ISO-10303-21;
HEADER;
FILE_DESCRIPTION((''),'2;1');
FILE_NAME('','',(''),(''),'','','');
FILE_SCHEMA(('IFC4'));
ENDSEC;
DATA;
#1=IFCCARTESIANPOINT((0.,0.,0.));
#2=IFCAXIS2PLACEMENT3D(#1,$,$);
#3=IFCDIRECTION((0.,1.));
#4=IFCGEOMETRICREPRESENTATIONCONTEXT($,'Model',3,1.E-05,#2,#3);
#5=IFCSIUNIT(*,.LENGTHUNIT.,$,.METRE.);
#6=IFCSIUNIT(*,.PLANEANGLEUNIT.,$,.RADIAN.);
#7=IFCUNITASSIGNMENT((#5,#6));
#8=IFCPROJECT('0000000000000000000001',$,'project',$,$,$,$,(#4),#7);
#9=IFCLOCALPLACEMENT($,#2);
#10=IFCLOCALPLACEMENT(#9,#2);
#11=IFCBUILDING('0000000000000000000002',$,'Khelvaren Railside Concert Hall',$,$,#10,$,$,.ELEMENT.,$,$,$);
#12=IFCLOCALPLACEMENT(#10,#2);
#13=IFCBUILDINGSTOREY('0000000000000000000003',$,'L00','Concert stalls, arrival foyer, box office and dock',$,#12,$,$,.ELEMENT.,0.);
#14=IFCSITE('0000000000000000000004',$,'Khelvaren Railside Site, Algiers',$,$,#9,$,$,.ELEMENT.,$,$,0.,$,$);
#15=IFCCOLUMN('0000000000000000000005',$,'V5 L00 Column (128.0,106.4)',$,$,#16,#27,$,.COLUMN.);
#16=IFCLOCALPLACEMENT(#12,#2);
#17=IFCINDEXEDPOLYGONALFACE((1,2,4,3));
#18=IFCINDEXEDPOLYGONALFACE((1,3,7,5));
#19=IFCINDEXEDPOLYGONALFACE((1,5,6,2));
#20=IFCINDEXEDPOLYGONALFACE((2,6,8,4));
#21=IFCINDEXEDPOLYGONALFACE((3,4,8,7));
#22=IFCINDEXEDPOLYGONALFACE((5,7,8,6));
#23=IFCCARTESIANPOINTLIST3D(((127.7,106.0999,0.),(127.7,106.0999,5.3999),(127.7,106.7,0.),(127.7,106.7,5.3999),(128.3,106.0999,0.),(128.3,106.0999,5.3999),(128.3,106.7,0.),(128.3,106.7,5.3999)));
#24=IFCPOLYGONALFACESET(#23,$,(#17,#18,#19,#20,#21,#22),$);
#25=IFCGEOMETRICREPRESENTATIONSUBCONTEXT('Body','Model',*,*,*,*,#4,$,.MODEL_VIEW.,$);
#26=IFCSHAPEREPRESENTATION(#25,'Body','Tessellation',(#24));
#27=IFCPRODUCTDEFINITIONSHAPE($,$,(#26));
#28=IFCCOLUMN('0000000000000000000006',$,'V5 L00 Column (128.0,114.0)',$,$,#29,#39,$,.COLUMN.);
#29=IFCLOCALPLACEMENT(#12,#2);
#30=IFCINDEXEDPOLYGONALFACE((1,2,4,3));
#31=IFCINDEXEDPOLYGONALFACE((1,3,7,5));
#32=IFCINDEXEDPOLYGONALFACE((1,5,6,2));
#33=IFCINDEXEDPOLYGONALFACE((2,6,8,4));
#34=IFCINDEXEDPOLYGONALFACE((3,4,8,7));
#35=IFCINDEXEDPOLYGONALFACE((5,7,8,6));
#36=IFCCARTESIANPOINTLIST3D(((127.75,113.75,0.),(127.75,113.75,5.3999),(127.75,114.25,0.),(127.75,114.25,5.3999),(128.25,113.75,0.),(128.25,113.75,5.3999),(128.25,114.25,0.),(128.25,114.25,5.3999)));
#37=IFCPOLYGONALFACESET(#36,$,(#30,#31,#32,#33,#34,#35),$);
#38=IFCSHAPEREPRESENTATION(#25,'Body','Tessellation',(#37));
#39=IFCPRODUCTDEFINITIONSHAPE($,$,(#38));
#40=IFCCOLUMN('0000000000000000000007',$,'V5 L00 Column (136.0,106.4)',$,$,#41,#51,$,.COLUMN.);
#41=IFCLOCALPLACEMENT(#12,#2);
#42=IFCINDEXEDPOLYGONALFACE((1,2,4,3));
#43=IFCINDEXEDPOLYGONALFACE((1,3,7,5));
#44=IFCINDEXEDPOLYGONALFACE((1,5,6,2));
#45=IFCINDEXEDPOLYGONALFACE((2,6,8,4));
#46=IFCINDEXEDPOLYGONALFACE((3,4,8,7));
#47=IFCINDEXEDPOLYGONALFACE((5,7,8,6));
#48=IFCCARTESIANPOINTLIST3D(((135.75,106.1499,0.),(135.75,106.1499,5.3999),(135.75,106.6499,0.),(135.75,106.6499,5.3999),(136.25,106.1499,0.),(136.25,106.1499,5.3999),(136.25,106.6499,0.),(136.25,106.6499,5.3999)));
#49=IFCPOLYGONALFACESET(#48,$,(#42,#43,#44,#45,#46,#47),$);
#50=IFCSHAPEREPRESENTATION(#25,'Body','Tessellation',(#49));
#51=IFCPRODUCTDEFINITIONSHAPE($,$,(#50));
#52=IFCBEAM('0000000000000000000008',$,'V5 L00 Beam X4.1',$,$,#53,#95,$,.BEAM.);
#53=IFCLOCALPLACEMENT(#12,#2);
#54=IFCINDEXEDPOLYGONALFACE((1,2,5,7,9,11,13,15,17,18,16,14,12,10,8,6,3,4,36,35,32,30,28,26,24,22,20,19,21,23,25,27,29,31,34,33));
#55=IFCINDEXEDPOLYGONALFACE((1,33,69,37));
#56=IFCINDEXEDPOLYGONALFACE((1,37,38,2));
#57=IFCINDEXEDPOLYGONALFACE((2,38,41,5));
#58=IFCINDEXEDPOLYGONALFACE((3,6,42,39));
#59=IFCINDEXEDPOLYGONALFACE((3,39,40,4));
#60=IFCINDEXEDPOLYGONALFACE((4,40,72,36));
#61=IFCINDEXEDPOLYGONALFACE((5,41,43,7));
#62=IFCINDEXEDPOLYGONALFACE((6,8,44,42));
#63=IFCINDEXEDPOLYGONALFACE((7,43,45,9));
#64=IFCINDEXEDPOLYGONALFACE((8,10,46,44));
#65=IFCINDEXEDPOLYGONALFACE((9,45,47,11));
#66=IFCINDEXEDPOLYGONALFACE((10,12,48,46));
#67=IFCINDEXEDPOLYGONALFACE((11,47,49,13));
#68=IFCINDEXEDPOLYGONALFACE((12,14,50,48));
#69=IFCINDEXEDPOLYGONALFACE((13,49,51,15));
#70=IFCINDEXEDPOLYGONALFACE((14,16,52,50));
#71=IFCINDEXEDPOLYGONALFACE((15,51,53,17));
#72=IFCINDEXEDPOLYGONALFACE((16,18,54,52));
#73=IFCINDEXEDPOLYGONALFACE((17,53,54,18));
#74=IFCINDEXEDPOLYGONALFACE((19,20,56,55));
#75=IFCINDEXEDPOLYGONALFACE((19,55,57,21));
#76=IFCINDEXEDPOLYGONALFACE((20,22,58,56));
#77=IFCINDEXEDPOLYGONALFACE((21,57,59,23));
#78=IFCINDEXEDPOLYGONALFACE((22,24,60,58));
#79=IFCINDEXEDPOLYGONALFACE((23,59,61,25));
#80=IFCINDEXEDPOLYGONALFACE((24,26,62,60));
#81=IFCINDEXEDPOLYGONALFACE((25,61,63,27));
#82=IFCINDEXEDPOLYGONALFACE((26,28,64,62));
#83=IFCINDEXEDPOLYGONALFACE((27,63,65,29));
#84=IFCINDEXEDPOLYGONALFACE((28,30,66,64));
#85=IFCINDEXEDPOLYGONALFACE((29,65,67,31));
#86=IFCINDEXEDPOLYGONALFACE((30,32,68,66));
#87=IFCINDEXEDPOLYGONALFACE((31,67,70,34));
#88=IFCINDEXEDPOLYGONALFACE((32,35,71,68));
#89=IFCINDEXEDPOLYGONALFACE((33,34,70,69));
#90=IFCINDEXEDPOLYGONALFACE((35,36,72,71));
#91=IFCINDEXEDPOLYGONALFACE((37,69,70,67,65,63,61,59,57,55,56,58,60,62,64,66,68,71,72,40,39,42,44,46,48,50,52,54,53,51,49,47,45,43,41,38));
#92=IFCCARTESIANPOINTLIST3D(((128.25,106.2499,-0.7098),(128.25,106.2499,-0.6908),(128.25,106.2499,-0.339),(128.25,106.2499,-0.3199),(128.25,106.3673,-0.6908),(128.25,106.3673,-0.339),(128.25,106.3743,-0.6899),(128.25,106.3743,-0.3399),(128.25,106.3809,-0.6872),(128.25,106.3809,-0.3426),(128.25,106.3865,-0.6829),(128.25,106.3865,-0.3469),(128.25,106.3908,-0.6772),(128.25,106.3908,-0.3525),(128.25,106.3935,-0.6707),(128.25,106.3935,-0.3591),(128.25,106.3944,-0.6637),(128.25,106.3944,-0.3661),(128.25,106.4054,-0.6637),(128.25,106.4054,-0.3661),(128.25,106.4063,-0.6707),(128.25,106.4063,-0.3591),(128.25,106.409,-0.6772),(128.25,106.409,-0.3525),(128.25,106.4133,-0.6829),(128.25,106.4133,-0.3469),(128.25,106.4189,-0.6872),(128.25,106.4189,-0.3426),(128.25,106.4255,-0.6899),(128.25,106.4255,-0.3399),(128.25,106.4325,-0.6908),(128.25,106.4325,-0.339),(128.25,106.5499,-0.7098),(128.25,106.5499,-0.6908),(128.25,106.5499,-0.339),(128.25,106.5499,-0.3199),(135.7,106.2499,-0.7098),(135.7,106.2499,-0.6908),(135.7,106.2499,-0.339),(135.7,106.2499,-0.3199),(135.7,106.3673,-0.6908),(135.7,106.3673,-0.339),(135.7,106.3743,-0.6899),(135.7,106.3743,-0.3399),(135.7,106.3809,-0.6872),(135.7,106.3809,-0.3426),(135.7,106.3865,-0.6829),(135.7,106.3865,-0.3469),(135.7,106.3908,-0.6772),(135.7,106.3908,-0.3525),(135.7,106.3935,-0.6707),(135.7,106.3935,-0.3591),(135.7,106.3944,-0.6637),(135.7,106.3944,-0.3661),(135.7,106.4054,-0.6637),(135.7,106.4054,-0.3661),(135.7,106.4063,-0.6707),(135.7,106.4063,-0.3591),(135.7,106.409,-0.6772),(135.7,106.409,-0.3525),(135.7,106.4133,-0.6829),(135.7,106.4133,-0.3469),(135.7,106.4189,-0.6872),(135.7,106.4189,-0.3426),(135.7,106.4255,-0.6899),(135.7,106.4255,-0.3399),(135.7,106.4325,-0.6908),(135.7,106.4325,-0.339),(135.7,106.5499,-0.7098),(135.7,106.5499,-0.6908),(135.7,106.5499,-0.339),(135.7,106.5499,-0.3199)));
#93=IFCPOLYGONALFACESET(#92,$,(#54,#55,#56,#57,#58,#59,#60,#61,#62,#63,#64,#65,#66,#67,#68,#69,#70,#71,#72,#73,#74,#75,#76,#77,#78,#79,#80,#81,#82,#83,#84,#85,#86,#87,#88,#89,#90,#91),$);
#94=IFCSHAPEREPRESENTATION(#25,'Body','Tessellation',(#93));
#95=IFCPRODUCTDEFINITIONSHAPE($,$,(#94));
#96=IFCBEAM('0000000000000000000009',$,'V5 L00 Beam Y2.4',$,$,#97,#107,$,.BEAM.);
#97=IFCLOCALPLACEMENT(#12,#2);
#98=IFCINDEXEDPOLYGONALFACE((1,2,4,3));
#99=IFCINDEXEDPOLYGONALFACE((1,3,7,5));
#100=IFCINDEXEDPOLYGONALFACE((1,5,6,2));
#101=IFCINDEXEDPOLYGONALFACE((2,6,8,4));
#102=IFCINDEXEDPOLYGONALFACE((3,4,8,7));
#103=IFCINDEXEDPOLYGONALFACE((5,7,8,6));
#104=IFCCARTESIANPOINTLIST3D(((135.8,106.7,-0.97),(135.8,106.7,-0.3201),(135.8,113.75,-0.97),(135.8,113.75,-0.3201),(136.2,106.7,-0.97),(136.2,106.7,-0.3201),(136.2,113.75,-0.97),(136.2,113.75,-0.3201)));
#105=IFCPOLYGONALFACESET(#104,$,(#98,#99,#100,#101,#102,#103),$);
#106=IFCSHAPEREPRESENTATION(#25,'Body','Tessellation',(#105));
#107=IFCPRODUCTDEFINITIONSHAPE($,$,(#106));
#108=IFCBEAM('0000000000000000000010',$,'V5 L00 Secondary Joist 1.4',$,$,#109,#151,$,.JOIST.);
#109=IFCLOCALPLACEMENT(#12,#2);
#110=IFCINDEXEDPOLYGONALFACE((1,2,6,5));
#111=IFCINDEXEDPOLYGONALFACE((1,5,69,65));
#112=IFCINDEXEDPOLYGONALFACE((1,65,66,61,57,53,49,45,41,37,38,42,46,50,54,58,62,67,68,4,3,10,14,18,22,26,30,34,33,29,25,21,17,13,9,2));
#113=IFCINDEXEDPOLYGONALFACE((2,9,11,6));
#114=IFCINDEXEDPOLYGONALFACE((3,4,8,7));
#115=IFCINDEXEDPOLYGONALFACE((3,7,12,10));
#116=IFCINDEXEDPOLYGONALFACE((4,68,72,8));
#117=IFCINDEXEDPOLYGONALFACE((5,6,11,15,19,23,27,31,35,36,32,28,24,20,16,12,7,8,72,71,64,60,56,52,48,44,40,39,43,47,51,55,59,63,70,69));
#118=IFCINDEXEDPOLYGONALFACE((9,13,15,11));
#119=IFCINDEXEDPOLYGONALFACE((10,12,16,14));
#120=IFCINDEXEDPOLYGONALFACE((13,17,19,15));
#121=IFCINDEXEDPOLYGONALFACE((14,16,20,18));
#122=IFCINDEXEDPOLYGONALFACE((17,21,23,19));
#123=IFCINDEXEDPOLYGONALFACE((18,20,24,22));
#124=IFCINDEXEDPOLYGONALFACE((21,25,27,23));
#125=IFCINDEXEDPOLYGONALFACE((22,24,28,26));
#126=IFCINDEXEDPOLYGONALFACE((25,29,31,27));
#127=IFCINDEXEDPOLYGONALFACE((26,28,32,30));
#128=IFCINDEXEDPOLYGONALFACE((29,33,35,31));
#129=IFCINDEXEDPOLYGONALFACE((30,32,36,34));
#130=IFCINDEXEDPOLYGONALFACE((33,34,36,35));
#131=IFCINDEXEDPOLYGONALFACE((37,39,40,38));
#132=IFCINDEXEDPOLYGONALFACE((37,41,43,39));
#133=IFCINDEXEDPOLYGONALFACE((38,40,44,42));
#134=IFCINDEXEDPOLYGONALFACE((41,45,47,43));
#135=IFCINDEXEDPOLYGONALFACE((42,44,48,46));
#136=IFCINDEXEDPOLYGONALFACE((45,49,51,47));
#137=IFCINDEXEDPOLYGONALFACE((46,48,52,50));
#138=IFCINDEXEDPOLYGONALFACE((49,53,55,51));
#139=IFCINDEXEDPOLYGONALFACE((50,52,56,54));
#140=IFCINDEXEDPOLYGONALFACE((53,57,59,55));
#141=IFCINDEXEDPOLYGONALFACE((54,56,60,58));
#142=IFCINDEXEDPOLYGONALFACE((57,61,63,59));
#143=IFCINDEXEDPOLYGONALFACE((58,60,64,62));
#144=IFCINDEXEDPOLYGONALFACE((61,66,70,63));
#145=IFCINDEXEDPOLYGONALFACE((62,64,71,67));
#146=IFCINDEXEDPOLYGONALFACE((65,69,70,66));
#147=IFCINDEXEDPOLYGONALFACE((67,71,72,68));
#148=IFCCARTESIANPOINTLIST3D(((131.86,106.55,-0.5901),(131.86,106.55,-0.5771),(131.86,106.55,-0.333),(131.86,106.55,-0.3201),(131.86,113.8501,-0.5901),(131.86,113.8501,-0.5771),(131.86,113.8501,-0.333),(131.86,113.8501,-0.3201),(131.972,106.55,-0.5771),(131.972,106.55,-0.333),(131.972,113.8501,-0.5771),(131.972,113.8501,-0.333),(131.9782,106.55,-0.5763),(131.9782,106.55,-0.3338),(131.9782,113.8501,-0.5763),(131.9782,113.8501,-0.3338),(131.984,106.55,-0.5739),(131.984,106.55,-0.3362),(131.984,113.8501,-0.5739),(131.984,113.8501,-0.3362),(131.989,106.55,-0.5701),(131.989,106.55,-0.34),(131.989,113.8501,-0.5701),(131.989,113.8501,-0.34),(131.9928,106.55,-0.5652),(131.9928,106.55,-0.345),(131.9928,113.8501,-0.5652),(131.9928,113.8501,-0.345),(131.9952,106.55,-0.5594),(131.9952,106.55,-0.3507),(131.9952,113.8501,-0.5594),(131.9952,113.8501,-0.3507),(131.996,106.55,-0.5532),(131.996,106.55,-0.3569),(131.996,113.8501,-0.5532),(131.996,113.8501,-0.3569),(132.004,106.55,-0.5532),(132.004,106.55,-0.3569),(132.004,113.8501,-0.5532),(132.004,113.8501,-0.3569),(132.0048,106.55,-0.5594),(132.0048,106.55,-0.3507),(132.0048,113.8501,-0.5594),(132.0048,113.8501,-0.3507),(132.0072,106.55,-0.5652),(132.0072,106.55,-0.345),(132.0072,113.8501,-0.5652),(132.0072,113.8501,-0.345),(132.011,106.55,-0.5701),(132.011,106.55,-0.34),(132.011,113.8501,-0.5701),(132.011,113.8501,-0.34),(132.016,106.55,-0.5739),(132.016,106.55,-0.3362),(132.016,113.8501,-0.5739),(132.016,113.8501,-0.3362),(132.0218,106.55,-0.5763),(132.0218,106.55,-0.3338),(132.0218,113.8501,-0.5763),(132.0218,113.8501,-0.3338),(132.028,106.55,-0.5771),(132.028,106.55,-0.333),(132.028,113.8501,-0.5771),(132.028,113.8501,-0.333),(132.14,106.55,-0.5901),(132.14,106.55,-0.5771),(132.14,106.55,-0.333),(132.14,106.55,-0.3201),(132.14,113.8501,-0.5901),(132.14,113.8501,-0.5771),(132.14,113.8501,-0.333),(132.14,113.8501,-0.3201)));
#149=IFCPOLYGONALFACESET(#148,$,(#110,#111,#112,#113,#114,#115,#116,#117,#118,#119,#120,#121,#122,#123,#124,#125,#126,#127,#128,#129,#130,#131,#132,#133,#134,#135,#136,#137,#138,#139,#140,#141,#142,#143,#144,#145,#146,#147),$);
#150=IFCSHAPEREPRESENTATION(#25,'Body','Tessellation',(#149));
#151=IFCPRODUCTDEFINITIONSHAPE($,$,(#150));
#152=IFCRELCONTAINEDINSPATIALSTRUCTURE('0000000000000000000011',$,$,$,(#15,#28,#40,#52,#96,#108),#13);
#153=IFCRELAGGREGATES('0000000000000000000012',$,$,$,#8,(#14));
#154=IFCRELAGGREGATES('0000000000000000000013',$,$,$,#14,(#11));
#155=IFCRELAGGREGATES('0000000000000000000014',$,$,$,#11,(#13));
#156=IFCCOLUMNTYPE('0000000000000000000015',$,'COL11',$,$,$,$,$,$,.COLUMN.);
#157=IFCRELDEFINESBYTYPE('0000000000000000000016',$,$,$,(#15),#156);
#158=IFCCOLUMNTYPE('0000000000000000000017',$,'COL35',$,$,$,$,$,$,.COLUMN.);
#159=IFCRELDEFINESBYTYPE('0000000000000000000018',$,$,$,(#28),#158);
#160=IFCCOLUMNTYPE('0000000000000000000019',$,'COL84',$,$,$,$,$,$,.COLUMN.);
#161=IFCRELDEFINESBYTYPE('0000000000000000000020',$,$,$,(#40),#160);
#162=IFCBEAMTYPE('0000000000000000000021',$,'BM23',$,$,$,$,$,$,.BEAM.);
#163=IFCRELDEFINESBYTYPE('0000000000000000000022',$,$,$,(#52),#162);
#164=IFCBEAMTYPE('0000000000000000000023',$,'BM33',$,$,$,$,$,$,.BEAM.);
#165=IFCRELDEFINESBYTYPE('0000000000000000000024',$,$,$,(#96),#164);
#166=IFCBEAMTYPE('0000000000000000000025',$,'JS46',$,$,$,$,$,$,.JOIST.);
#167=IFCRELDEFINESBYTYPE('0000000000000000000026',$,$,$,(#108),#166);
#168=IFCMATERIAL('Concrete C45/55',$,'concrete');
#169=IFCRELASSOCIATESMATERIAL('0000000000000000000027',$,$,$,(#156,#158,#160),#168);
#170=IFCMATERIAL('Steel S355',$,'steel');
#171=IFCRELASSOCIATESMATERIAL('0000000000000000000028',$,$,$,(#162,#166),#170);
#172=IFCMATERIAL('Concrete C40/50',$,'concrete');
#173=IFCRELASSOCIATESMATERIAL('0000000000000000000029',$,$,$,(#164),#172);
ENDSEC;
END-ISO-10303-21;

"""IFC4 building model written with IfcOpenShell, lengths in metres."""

from ifc_helpers import new_model, si_unit, direction, frame, origin, origin_2d, place, context, subcontext, project, spatial, rectangle, i_section, extrude, material, material_profile, profile_set, type_object, element, save


model = new_model("IFC4")

# Units and contexts
model_context = context("Model", 3, precision=1e-05, world=origin(), true_north=direction((0.0, 1.0)))
body_context = subcontext(model_context, "Body", "Model", "MODEL_VIEW")
ifc_project = project(units=[si_unit("LENGTHUNIT", "METRE"), si_unit("PLANEANGLEUNIT", "RADIAN")], contexts=[model_context])

# Site, building, storey
site_placement = place(None, origin())
site = spatial("IfcSite", under=ifc_project, at=site_placement, Name="Khelvaren Railside Site, Algiers", CompositionType="ELEMENT", RefElevation=0.0)
building_placement = place(site_placement, origin())
building = spatial("IfcBuilding", under=site, at=building_placement, Name="Khelvaren Railside Concert Hall", CompositionType="ELEMENT")
storey_placement = place(building_placement, origin())
storey = spatial("IfcBuildingStorey", under=building, at=storey_placement, Name="L00", Description="Concert stalls, arrival foyer, box office and dock", CompositionType="ELEMENT", Elevation=0.0)

# Columns
ifc_material_1 = material(Name="Concrete C45/55", Category="concrete")
ifc_material_profile_1 = material_profile(ifc_material_1, rectangle(XDim=0.6001, YDim=0.6001, at=origin_2d()), Name="RC 600x600")
ifc_profile_set_1 = profile_set([ifc_material_profile_1], Name="Concrete C45/55")
column_type_1 = type_object("IfcColumnType", Name="COL11", PredefinedType="COLUMN", material=ifc_profile_set_1)
column_1_placement = place(storey_placement, frame((128.0, 106.3999, 0.0), z_axis=(0.0, 0.0, 1.0), x_axis=(1.0, 0.0, 0.0)))
element("IfcColumn", 1, at=column_1_placement, inside=storey, type_object=column_type_1, Name="V5 L00 Column (128.0,106.4)", PredefinedType="COLUMN", context=body_context, shape_type="SweptSolid", body=[
    extrude(rectangle(XDim=0.6001, YDim=0.6001, at=origin_2d()), origin(), (0.0, 0.0, 1.0), 5.3999),
])
ifc_material_profile_2 = material_profile(ifc_material_1, rectangle(XDim=0.5, YDim=0.5, at=origin_2d()), Name="RC 500x500")
ifc_profile_set_2 = profile_set([ifc_material_profile_2], Name="Concrete C45/55")
column_type_2 = type_object("IfcColumnType", Name="COL35", PredefinedType="COLUMN", material=ifc_profile_set_2)
column_2_placement = place(storey_placement, frame((128.0, 114.0, 0.0), z_axis=(0.0, 0.0, 1.0), x_axis=(1.0, 0.0, 0.0)))
element("IfcColumn", 2, at=column_2_placement, inside=storey, type_object=column_type_2, Name="V5 L00 Column (128.0,114.0)", PredefinedType="COLUMN", context=body_context, shape_type="SweptSolid", body=[
    extrude(rectangle(XDim=0.5, YDim=0.5, at=origin_2d()), origin(), (0.0, 0.0, 1.0), 5.3999),
])
ifc_material_profile_3 = material_profile(ifc_material_1, rectangle(XDim=0.5, YDim=0.5, at=origin_2d()), Name="RC 500x500")
ifc_profile_set_3 = profile_set([ifc_material_profile_3], Name="Concrete C45/55")
column_type_3 = type_object("IfcColumnType", Name="COL84", PredefinedType="COLUMN", material=ifc_profile_set_3)
column_3_placement = place(storey_placement, frame((136.0, 106.3999, 0.0), z_axis=(0.0, 0.0, 1.0), x_axis=(1.0, 0.0, 0.0)))
element("IfcColumn", 3, at=column_3_placement, inside=storey, type_object=column_type_3, Name="V5 L00 Column (136.0,106.4)", PredefinedType="COLUMN", context=body_context, shape_type="SweptSolid", body=[
    extrude(rectangle(XDim=0.5, YDim=0.5, at=origin_2d()), origin(), (0.0, 0.0, 1.0), 5.3999),
])

# Beams
ifc_material_2 = material(Name="Steel S355", Category="steel")
ifc_material_profile_4 = material_profile(ifc_material_2, i_section(OverallWidth=0.3, OverallDepth=0.3899, WebThickness=0.011, FlangeThickness=0.019, FilletRadius=0.0271, at=origin_2d()), Name="HEA 400")
ifc_profile_set_4 = profile_set([ifc_material_profile_4], Name="Steel S355")
beam_type_1 = type_object("IfcBeamType", Name="BM23", PredefinedType="BEAM", material=ifc_profile_set_4)
beam_1_placement = place(storey_placement, frame((128.25, 106.3999, -0.5149), z_axis=(1.0, 0.0, 0.0), x_axis=(0.0, 1.0, 0.0)))
element("IfcBeam", 4, at=beam_1_placement, inside=storey, type_object=beam_type_1, Name="V5 L00 Beam X4.1", PredefinedType="BEAM", context=body_context, shape_type="SweptSolid", body=[
    extrude(i_section(OverallWidth=0.3, OverallDepth=0.3899, WebThickness=0.011, FlangeThickness=0.019, FilletRadius=0.0271, at=origin_2d()), origin(), (0.0, 0.0, 1.0), 7.45),
])
ifc_material_3 = material(Name="Concrete C40/50", Category="concrete")
ifc_material_profile_5 = material_profile(ifc_material_3, rectangle(XDim=0.3999, YDim=0.6499, at=origin_2d()), Name="RCB 400x650")
ifc_profile_set_5 = profile_set([ifc_material_profile_5], Name="Concrete C40/50")
beam_type_2 = type_object("IfcBeamType", Name="BM33", PredefinedType="BEAM", material=ifc_profile_set_5)
beam_2_placement = place(storey_placement, frame((136.0, 106.7, -0.645), z_axis=(0.0, 1.0, 0.0), x_axis=(-1.0, 0.0, 0.0)))
element("IfcBeam", 5, at=beam_2_placement, inside=storey, type_object=beam_type_2, Name="V5 L00 Beam Y2.4", PredefinedType="BEAM", context=body_context, shape_type="SweptSolid", body=[
    extrude(rectangle(XDim=0.3999, YDim=0.6499, at=origin_2d()), origin(), (0.0, 0.0, 1.0), 7.05),
])
ifc_material_profile_6 = material_profile(ifc_material_2, i_section(OverallWidth=0.28, OverallDepth=0.27, WebThickness=0.0081, FlangeThickness=0.0129, FilletRadius=0.0239, at=origin_2d()), Name="HEA 280")
ifc_profile_set_6 = profile_set([ifc_material_profile_6], Name="Steel S355")
beam_type_3 = type_object("IfcBeamType", Name="JS46", PredefinedType="JOIST", material=ifc_profile_set_6)
beam_3_placement = place(storey_placement, frame((132.0, 106.55, -0.4551), z_axis=(0.0, 1.0, 0.0), x_axis=(-1.0, 0.0, 0.0)))
element("IfcBeam", 6, at=beam_3_placement, inside=storey, type_object=beam_type_3, Name="V5 L00 Secondary Joist 1.4", PredefinedType="JOIST", context=body_context, shape_type="SweptSolid", body=[
    extrude(i_section(OverallWidth=0.28, OverallDepth=0.27, WebThickness=0.0081, FlangeThickness=0.0129, FilletRadius=0.0239, at=origin_2d()), origin(), (0.0, 0.0, 1.0), 7.3),
])

save(model, "model.ifc")
